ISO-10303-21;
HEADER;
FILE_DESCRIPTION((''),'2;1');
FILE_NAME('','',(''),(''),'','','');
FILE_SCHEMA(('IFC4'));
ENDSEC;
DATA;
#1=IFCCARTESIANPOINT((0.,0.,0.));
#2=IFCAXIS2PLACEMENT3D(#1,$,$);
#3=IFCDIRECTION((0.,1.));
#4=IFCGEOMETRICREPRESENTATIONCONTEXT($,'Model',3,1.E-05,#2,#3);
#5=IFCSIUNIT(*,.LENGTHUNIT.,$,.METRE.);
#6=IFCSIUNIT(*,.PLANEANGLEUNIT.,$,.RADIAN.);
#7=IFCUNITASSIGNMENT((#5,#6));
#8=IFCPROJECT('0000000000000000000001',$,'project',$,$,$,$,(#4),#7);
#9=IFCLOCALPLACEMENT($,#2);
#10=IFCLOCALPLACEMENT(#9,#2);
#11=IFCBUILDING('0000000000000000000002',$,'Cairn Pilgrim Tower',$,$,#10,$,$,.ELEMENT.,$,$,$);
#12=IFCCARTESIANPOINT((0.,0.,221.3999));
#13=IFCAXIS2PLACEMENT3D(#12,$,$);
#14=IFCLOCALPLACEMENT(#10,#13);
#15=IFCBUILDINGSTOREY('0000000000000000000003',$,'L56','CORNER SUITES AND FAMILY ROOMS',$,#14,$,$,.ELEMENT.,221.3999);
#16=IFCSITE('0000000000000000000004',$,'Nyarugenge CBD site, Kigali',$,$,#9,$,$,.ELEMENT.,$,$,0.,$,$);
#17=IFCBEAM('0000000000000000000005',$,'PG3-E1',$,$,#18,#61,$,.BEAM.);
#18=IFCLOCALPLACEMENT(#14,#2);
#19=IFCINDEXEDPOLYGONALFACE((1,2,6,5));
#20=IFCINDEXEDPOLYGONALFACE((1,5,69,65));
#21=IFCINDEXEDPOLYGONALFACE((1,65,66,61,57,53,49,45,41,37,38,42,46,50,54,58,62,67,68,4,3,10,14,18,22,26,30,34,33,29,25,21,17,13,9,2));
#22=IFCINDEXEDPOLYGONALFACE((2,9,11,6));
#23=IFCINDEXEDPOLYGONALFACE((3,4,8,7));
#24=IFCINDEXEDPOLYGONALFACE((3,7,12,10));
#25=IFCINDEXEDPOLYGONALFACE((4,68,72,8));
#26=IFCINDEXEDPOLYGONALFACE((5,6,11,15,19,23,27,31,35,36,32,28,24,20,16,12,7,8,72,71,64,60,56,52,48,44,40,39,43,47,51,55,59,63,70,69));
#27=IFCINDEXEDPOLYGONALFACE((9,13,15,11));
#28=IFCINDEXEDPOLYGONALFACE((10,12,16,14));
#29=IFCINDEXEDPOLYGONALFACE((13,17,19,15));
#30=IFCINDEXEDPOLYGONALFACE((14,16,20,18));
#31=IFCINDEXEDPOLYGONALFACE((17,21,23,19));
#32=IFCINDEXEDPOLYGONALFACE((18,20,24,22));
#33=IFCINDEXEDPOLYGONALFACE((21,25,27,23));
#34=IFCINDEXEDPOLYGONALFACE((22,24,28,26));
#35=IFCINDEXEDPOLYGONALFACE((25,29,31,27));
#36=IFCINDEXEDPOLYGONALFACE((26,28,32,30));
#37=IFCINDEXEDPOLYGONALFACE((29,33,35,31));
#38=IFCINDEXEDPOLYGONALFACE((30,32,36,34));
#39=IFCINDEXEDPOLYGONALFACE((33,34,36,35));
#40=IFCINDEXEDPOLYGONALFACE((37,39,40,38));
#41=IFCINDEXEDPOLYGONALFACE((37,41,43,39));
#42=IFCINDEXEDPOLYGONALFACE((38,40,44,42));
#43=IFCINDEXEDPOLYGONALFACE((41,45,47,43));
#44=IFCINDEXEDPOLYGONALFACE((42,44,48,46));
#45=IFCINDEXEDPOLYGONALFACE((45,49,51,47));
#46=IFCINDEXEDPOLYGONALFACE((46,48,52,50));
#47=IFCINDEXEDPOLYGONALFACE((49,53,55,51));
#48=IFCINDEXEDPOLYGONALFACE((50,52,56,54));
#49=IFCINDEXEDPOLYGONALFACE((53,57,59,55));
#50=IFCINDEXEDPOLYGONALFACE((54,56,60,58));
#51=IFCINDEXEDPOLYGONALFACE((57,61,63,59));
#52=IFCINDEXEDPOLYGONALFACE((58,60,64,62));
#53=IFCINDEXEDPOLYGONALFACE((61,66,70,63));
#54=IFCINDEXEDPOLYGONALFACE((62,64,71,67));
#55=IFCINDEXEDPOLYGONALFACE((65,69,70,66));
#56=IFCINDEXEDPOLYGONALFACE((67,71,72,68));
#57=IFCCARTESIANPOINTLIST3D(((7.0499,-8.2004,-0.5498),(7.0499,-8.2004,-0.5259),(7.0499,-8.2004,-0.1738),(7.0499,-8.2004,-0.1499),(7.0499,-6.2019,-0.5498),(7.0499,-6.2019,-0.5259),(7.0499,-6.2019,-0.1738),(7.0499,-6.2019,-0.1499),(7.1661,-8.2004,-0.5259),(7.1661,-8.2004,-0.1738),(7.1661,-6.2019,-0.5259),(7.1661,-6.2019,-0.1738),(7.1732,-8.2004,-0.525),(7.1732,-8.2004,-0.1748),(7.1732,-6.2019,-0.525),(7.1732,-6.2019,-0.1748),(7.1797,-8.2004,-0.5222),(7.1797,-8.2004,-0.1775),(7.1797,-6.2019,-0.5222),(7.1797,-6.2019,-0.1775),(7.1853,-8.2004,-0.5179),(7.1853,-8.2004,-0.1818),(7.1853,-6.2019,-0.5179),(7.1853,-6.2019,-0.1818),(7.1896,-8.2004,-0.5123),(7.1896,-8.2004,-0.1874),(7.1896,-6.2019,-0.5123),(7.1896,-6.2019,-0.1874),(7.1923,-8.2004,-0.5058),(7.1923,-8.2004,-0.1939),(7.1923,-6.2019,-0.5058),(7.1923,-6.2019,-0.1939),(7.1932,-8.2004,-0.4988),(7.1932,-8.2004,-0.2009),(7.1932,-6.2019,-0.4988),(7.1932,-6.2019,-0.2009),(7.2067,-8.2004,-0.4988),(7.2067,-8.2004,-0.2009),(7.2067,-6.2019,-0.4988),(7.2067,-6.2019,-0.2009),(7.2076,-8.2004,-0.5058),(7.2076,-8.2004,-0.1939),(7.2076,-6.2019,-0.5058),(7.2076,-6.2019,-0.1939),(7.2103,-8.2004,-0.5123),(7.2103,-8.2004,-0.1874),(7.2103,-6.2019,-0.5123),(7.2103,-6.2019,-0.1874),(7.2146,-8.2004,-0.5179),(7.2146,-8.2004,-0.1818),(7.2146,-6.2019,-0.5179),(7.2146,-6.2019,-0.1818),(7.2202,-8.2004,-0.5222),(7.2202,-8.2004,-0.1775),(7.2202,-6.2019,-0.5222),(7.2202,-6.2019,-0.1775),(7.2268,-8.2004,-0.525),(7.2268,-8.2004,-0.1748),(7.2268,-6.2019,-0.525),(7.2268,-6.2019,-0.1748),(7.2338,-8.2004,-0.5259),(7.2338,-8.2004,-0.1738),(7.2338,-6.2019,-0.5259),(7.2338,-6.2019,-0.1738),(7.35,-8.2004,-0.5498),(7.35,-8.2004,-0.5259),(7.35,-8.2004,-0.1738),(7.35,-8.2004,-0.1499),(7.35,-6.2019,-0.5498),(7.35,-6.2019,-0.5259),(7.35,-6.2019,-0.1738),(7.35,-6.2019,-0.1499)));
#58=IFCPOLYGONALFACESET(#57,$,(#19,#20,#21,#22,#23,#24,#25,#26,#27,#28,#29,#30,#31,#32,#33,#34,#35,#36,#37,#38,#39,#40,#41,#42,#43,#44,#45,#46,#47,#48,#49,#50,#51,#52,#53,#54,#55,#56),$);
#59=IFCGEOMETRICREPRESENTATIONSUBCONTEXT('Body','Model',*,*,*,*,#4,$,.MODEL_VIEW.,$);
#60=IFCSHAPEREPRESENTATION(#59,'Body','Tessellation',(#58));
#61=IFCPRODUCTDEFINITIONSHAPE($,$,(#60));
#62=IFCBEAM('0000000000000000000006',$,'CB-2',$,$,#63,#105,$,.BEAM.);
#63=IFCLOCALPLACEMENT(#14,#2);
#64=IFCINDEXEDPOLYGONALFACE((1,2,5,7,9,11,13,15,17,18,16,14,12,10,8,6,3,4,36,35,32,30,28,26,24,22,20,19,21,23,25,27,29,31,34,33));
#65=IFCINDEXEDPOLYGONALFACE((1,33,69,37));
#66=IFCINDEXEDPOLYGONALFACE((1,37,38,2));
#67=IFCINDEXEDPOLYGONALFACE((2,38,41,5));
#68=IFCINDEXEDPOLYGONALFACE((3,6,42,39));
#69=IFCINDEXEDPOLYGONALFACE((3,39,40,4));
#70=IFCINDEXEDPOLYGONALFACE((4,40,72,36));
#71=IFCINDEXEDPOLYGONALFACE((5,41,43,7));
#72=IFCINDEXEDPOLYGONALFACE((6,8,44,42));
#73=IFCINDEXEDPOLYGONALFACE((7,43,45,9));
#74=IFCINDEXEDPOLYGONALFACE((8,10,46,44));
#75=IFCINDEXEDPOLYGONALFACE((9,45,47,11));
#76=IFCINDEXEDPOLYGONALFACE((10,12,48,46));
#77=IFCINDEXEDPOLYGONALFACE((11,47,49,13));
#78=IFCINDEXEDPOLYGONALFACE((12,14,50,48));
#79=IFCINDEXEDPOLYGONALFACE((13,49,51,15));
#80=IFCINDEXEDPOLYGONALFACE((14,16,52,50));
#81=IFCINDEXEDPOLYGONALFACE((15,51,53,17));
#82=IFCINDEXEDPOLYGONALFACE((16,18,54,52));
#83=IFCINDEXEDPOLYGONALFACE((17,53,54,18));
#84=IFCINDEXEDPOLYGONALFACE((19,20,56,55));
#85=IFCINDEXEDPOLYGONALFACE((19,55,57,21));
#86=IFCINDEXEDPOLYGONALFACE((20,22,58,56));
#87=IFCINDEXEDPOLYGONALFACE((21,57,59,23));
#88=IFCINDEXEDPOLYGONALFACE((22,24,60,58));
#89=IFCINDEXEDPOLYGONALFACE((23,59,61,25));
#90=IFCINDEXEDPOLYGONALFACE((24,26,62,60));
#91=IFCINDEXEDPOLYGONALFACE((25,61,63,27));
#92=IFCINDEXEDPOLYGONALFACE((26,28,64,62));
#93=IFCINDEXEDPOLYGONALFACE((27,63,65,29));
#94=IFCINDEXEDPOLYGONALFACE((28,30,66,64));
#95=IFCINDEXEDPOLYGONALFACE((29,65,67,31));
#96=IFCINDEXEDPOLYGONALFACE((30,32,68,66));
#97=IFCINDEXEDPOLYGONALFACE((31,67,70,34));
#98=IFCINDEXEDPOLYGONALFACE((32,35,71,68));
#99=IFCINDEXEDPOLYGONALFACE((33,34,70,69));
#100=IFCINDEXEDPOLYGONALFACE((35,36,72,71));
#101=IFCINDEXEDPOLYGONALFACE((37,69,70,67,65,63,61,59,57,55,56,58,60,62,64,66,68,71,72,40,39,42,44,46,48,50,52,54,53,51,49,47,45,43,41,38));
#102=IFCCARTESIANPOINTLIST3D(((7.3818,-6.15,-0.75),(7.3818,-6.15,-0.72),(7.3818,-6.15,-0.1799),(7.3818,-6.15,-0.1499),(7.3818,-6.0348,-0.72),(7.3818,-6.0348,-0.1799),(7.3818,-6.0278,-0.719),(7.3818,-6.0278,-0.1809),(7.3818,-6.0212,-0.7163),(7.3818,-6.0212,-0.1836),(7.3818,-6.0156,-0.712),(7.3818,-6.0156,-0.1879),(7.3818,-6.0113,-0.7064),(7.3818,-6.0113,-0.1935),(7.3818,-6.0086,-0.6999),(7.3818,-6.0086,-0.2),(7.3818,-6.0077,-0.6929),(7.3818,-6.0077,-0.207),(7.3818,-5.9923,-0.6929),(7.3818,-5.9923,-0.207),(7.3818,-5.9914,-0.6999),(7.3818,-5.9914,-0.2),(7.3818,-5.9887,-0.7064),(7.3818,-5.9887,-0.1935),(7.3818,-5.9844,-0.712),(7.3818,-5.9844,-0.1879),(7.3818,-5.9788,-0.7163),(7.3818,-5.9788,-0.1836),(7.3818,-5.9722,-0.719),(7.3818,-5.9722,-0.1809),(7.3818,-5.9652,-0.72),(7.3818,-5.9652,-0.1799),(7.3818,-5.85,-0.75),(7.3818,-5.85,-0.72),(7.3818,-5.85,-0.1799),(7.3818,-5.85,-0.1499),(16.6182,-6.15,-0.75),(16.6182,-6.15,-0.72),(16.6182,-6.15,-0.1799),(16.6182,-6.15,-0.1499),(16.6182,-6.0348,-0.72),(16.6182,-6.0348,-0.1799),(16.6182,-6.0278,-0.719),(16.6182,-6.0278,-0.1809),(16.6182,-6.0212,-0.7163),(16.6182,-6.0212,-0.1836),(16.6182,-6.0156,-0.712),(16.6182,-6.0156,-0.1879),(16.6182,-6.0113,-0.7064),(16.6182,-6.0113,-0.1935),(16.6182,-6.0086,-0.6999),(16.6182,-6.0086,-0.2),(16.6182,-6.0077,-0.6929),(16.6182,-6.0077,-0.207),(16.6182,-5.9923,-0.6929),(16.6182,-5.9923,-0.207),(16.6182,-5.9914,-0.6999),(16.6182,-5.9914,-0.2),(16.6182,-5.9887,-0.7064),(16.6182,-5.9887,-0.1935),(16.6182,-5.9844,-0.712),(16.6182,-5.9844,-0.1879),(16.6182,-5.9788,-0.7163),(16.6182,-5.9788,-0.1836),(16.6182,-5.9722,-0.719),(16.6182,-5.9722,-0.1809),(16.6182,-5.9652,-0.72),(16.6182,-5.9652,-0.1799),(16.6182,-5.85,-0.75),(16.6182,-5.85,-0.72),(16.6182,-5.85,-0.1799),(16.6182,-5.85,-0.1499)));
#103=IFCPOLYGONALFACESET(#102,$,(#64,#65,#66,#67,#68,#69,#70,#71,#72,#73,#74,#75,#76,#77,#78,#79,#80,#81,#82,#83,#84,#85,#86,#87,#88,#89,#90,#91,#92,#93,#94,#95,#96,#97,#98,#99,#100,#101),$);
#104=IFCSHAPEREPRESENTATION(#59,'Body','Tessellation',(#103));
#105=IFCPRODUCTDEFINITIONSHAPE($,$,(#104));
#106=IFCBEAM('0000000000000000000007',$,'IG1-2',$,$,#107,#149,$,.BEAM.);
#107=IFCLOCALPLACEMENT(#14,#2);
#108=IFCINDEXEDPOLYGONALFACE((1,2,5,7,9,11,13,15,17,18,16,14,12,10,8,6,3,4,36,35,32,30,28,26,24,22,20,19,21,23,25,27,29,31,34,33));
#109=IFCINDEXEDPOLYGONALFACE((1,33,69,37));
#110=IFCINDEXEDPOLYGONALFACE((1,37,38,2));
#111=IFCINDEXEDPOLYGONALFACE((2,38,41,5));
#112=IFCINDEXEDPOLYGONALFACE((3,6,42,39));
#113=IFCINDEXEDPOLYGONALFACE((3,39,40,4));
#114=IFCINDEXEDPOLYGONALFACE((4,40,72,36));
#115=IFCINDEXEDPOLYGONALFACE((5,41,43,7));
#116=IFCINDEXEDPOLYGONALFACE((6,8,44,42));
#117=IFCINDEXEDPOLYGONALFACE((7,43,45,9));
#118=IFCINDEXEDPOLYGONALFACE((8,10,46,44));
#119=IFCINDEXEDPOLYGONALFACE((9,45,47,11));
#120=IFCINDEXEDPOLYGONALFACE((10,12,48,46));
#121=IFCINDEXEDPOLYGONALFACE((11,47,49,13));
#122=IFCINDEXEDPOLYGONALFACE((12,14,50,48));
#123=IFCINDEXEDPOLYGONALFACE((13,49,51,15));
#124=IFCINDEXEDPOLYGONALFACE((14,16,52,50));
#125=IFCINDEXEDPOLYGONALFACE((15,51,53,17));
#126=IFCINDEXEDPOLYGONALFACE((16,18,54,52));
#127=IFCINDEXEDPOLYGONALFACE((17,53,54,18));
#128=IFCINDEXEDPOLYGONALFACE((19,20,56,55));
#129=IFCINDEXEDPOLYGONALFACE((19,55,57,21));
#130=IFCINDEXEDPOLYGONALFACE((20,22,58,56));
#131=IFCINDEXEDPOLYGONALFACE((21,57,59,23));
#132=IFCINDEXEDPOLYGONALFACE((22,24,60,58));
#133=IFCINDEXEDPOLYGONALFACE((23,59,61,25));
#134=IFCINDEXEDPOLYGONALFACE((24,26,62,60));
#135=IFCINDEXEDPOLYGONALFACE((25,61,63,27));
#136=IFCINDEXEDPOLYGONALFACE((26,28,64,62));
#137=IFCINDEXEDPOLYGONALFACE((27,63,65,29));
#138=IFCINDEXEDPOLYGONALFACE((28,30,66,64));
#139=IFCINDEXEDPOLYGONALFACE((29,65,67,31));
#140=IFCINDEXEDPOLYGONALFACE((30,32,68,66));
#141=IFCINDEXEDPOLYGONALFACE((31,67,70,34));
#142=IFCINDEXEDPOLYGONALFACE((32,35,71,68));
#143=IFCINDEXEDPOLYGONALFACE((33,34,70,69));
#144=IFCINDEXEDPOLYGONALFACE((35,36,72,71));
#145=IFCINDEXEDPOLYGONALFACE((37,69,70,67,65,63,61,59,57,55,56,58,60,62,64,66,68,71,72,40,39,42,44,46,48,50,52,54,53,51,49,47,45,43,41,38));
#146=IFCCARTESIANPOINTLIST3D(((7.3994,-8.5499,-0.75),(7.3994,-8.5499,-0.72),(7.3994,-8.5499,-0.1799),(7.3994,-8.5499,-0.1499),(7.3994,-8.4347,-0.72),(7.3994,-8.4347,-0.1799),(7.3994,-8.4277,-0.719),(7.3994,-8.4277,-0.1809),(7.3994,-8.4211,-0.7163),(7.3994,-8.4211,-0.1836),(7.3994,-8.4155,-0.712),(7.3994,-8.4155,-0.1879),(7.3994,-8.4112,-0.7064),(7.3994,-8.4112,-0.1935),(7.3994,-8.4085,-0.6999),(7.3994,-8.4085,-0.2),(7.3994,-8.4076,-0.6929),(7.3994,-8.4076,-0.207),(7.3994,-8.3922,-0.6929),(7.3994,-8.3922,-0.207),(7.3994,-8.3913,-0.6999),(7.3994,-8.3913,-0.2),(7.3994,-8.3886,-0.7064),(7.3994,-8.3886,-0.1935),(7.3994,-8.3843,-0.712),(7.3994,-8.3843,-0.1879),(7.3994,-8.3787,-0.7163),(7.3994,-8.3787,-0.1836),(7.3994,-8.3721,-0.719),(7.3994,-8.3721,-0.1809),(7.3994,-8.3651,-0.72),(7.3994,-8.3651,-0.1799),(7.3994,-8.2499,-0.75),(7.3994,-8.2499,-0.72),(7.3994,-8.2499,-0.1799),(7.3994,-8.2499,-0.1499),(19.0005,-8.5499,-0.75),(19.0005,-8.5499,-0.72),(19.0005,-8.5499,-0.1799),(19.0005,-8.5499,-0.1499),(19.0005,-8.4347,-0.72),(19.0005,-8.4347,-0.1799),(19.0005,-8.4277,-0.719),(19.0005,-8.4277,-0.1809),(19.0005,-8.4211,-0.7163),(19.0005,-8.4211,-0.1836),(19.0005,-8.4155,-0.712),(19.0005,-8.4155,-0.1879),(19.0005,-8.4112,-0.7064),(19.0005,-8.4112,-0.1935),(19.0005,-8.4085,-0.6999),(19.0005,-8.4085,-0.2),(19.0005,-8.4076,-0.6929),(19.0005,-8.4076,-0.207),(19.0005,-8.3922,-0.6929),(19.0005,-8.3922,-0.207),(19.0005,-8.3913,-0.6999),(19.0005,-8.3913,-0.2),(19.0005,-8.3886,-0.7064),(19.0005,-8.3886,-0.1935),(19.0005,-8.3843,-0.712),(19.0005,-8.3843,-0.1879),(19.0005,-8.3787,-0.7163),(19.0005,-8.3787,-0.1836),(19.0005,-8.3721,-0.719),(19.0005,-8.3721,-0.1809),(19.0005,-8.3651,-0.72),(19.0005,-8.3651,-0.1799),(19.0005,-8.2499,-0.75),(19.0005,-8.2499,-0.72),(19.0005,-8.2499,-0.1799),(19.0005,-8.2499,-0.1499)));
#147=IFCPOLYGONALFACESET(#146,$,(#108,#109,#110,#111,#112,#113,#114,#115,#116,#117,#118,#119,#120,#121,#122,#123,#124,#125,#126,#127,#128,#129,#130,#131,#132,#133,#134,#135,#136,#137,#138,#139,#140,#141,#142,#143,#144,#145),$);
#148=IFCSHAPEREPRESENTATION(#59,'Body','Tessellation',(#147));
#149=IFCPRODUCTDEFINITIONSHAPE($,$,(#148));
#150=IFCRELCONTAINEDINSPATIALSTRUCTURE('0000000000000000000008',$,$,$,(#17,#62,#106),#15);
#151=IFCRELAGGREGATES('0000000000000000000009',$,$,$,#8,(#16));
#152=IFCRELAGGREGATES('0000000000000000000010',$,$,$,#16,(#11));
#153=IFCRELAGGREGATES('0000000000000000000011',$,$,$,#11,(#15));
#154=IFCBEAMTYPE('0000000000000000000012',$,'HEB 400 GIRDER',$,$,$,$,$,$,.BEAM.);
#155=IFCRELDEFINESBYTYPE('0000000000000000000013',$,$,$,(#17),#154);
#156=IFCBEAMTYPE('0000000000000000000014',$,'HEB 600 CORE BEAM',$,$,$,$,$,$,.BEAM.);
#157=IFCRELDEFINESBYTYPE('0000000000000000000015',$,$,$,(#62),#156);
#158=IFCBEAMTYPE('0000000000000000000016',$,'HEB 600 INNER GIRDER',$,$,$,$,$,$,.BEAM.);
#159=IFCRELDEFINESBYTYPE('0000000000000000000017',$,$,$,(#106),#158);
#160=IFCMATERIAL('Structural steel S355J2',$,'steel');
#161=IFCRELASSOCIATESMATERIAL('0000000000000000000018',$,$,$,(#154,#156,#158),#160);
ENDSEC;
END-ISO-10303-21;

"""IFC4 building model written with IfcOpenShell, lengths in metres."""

from ifc_helpers import new_model, si_unit, direction, frame, origin, origin_2d, place, context, subcontext, project, spatial, i_section, extrude, material, material_profile, profile_set, type_object, element, save


model = new_model("IFC4")

# Units and contexts
model_context = context("Model", 3, precision=1e-05, world=origin(), true_north=direction((0.0, 1.0)))
body_context = subcontext(model_context, "Body", "Model", "MODEL_VIEW")
ifc_project = project(units=[si_unit("LENGTHUNIT", "METRE"), si_unit("PLANEANGLEUNIT", "RADIAN")], contexts=[model_context])

# Site, building, storey
site_placement = place(None, origin())
site = spatial("IfcSite", under=ifc_project, at=site_placement, Name="Nyarugenge CBD site, Kigali", CompositionType="ELEMENT", RefElevation=0.0)
building_placement = place(site_placement, origin())
building = spatial("IfcBuilding", under=site, at=building_placement, Name="Cairn Pilgrim Tower", CompositionType="ELEMENT")
storey_placement = place(building_placement, frame((0.0, 0.0, 221.3999)))
storey = spatial("IfcBuildingStorey", under=building, at=storey_placement, Name="L56", Description="CORNER SUITES AND FAMILY ROOMS", CompositionType="ELEMENT", Elevation=221.3999)

# Shared definitions
ifc_material_1 = material(Name="Structural steel S355J2", Category="steel")

# Beams
ifc_material_profile_1 = material_profile(ifc_material_1, i_section(OverallWidth=0.3, OverallDepth=0.3999, WebThickness=0.0134, FlangeThickness=0.0239, FilletRadius=0.0271, at=origin_2d()), Name="HEB 400")
ifc_profile_set_1 = profile_set([ifc_material_profile_1], Name="Structural steel S355J2")
beam_type_1 = type_object("IfcBeamType", Name="HEB 400 GIRDER", PredefinedType="BEAM", material=ifc_profile_set_1)
beam_1_placement = place(storey_placement, frame((7.2, -8.2004, -0.3499), z_axis=(0.0, 1.0, 0.0), x_axis=(-1.0, 0.0, 0.0)))
element("IfcBeam", 1, at=beam_1_placement, inside=storey, type_object=beam_type_1, Name="PG3-E1", PredefinedType="BEAM", context=body_context, shape_type="SweptSolid", body=[
    extrude(i_section(OverallWidth=0.3, OverallDepth=0.3999, WebThickness=0.0134, FlangeThickness=0.0239, FilletRadius=0.0271, at=origin_2d()), origin(), (0.0, 0.0, 1.0), 1.9985),
])
ifc_material_profile_2 = material_profile(ifc_material_1, i_section(OverallWidth=0.3, OverallDepth=0.6001, WebThickness=0.0154, FlangeThickness=0.03, FilletRadius=0.0271, at=origin_2d()), Name="HEB 600")
ifc_profile_set_2 = profile_set([ifc_material_profile_2], Name="Structural steel S355J2")
beam_type_2 = type_object("IfcBeamType", Name="HEB 600 CORE BEAM", PredefinedType="BEAM", material=ifc_profile_set_2)
beam_2_placement = place(storey_placement, frame((7.3818, -6.0, -0.45), z_axis=(1.0, 0.0, 0.0), x_axis=(0.0, 1.0, 0.0)))
element("IfcBeam", 2, at=beam_2_placement, inside=storey, type_object=beam_type_2, Name="CB-2", PredefinedType="BEAM", context=body_context, shape_type="SweptSolid", body=[
    extrude(i_section(OverallWidth=0.3, OverallDepth=0.6001, WebThickness=0.0154, FlangeThickness=0.03, FilletRadius=0.0271, at=origin_2d()), origin(), (0.0, 0.0, 1.0), 9.2363),
])
ifc_material_profile_3 = material_profile(ifc_material_1, i_section(OverallWidth=0.3, OverallDepth=0.6001, WebThickness=0.0154, FlangeThickness=0.03, FilletRadius=0.0271, at=origin_2d()), Name="HEB 600")
ifc_profile_set_3 = profile_set([ifc_material_profile_3], Name="Structural steel S355J2")
beam_type_3 = type_object("IfcBeamType", Name="HEB 600 INNER GIRDER", PredefinedType="BEAM", material=ifc_profile_set_3)
beam_3_placement = place(storey_placement, frame((7.3994, -8.3999, -0.45), z_axis=(1.0, 0.0, 0.0), x_axis=(0.0, 1.0, 0.0)))
element("IfcBeam", 3, at=beam_3_placement, inside=storey, type_object=beam_type_3, Name="IG1-2", PredefinedType="BEAM", context=body_context, shape_type="SweptSolid", body=[
    extrude(i_section(OverallWidth=0.3, OverallDepth=0.6001, WebThickness=0.0154, FlangeThickness=0.03, FilletRadius=0.0271, at=origin_2d()), origin(), (0.0, 0.0, 1.0), 11.6011),
])

save(model, "model.ifc")
